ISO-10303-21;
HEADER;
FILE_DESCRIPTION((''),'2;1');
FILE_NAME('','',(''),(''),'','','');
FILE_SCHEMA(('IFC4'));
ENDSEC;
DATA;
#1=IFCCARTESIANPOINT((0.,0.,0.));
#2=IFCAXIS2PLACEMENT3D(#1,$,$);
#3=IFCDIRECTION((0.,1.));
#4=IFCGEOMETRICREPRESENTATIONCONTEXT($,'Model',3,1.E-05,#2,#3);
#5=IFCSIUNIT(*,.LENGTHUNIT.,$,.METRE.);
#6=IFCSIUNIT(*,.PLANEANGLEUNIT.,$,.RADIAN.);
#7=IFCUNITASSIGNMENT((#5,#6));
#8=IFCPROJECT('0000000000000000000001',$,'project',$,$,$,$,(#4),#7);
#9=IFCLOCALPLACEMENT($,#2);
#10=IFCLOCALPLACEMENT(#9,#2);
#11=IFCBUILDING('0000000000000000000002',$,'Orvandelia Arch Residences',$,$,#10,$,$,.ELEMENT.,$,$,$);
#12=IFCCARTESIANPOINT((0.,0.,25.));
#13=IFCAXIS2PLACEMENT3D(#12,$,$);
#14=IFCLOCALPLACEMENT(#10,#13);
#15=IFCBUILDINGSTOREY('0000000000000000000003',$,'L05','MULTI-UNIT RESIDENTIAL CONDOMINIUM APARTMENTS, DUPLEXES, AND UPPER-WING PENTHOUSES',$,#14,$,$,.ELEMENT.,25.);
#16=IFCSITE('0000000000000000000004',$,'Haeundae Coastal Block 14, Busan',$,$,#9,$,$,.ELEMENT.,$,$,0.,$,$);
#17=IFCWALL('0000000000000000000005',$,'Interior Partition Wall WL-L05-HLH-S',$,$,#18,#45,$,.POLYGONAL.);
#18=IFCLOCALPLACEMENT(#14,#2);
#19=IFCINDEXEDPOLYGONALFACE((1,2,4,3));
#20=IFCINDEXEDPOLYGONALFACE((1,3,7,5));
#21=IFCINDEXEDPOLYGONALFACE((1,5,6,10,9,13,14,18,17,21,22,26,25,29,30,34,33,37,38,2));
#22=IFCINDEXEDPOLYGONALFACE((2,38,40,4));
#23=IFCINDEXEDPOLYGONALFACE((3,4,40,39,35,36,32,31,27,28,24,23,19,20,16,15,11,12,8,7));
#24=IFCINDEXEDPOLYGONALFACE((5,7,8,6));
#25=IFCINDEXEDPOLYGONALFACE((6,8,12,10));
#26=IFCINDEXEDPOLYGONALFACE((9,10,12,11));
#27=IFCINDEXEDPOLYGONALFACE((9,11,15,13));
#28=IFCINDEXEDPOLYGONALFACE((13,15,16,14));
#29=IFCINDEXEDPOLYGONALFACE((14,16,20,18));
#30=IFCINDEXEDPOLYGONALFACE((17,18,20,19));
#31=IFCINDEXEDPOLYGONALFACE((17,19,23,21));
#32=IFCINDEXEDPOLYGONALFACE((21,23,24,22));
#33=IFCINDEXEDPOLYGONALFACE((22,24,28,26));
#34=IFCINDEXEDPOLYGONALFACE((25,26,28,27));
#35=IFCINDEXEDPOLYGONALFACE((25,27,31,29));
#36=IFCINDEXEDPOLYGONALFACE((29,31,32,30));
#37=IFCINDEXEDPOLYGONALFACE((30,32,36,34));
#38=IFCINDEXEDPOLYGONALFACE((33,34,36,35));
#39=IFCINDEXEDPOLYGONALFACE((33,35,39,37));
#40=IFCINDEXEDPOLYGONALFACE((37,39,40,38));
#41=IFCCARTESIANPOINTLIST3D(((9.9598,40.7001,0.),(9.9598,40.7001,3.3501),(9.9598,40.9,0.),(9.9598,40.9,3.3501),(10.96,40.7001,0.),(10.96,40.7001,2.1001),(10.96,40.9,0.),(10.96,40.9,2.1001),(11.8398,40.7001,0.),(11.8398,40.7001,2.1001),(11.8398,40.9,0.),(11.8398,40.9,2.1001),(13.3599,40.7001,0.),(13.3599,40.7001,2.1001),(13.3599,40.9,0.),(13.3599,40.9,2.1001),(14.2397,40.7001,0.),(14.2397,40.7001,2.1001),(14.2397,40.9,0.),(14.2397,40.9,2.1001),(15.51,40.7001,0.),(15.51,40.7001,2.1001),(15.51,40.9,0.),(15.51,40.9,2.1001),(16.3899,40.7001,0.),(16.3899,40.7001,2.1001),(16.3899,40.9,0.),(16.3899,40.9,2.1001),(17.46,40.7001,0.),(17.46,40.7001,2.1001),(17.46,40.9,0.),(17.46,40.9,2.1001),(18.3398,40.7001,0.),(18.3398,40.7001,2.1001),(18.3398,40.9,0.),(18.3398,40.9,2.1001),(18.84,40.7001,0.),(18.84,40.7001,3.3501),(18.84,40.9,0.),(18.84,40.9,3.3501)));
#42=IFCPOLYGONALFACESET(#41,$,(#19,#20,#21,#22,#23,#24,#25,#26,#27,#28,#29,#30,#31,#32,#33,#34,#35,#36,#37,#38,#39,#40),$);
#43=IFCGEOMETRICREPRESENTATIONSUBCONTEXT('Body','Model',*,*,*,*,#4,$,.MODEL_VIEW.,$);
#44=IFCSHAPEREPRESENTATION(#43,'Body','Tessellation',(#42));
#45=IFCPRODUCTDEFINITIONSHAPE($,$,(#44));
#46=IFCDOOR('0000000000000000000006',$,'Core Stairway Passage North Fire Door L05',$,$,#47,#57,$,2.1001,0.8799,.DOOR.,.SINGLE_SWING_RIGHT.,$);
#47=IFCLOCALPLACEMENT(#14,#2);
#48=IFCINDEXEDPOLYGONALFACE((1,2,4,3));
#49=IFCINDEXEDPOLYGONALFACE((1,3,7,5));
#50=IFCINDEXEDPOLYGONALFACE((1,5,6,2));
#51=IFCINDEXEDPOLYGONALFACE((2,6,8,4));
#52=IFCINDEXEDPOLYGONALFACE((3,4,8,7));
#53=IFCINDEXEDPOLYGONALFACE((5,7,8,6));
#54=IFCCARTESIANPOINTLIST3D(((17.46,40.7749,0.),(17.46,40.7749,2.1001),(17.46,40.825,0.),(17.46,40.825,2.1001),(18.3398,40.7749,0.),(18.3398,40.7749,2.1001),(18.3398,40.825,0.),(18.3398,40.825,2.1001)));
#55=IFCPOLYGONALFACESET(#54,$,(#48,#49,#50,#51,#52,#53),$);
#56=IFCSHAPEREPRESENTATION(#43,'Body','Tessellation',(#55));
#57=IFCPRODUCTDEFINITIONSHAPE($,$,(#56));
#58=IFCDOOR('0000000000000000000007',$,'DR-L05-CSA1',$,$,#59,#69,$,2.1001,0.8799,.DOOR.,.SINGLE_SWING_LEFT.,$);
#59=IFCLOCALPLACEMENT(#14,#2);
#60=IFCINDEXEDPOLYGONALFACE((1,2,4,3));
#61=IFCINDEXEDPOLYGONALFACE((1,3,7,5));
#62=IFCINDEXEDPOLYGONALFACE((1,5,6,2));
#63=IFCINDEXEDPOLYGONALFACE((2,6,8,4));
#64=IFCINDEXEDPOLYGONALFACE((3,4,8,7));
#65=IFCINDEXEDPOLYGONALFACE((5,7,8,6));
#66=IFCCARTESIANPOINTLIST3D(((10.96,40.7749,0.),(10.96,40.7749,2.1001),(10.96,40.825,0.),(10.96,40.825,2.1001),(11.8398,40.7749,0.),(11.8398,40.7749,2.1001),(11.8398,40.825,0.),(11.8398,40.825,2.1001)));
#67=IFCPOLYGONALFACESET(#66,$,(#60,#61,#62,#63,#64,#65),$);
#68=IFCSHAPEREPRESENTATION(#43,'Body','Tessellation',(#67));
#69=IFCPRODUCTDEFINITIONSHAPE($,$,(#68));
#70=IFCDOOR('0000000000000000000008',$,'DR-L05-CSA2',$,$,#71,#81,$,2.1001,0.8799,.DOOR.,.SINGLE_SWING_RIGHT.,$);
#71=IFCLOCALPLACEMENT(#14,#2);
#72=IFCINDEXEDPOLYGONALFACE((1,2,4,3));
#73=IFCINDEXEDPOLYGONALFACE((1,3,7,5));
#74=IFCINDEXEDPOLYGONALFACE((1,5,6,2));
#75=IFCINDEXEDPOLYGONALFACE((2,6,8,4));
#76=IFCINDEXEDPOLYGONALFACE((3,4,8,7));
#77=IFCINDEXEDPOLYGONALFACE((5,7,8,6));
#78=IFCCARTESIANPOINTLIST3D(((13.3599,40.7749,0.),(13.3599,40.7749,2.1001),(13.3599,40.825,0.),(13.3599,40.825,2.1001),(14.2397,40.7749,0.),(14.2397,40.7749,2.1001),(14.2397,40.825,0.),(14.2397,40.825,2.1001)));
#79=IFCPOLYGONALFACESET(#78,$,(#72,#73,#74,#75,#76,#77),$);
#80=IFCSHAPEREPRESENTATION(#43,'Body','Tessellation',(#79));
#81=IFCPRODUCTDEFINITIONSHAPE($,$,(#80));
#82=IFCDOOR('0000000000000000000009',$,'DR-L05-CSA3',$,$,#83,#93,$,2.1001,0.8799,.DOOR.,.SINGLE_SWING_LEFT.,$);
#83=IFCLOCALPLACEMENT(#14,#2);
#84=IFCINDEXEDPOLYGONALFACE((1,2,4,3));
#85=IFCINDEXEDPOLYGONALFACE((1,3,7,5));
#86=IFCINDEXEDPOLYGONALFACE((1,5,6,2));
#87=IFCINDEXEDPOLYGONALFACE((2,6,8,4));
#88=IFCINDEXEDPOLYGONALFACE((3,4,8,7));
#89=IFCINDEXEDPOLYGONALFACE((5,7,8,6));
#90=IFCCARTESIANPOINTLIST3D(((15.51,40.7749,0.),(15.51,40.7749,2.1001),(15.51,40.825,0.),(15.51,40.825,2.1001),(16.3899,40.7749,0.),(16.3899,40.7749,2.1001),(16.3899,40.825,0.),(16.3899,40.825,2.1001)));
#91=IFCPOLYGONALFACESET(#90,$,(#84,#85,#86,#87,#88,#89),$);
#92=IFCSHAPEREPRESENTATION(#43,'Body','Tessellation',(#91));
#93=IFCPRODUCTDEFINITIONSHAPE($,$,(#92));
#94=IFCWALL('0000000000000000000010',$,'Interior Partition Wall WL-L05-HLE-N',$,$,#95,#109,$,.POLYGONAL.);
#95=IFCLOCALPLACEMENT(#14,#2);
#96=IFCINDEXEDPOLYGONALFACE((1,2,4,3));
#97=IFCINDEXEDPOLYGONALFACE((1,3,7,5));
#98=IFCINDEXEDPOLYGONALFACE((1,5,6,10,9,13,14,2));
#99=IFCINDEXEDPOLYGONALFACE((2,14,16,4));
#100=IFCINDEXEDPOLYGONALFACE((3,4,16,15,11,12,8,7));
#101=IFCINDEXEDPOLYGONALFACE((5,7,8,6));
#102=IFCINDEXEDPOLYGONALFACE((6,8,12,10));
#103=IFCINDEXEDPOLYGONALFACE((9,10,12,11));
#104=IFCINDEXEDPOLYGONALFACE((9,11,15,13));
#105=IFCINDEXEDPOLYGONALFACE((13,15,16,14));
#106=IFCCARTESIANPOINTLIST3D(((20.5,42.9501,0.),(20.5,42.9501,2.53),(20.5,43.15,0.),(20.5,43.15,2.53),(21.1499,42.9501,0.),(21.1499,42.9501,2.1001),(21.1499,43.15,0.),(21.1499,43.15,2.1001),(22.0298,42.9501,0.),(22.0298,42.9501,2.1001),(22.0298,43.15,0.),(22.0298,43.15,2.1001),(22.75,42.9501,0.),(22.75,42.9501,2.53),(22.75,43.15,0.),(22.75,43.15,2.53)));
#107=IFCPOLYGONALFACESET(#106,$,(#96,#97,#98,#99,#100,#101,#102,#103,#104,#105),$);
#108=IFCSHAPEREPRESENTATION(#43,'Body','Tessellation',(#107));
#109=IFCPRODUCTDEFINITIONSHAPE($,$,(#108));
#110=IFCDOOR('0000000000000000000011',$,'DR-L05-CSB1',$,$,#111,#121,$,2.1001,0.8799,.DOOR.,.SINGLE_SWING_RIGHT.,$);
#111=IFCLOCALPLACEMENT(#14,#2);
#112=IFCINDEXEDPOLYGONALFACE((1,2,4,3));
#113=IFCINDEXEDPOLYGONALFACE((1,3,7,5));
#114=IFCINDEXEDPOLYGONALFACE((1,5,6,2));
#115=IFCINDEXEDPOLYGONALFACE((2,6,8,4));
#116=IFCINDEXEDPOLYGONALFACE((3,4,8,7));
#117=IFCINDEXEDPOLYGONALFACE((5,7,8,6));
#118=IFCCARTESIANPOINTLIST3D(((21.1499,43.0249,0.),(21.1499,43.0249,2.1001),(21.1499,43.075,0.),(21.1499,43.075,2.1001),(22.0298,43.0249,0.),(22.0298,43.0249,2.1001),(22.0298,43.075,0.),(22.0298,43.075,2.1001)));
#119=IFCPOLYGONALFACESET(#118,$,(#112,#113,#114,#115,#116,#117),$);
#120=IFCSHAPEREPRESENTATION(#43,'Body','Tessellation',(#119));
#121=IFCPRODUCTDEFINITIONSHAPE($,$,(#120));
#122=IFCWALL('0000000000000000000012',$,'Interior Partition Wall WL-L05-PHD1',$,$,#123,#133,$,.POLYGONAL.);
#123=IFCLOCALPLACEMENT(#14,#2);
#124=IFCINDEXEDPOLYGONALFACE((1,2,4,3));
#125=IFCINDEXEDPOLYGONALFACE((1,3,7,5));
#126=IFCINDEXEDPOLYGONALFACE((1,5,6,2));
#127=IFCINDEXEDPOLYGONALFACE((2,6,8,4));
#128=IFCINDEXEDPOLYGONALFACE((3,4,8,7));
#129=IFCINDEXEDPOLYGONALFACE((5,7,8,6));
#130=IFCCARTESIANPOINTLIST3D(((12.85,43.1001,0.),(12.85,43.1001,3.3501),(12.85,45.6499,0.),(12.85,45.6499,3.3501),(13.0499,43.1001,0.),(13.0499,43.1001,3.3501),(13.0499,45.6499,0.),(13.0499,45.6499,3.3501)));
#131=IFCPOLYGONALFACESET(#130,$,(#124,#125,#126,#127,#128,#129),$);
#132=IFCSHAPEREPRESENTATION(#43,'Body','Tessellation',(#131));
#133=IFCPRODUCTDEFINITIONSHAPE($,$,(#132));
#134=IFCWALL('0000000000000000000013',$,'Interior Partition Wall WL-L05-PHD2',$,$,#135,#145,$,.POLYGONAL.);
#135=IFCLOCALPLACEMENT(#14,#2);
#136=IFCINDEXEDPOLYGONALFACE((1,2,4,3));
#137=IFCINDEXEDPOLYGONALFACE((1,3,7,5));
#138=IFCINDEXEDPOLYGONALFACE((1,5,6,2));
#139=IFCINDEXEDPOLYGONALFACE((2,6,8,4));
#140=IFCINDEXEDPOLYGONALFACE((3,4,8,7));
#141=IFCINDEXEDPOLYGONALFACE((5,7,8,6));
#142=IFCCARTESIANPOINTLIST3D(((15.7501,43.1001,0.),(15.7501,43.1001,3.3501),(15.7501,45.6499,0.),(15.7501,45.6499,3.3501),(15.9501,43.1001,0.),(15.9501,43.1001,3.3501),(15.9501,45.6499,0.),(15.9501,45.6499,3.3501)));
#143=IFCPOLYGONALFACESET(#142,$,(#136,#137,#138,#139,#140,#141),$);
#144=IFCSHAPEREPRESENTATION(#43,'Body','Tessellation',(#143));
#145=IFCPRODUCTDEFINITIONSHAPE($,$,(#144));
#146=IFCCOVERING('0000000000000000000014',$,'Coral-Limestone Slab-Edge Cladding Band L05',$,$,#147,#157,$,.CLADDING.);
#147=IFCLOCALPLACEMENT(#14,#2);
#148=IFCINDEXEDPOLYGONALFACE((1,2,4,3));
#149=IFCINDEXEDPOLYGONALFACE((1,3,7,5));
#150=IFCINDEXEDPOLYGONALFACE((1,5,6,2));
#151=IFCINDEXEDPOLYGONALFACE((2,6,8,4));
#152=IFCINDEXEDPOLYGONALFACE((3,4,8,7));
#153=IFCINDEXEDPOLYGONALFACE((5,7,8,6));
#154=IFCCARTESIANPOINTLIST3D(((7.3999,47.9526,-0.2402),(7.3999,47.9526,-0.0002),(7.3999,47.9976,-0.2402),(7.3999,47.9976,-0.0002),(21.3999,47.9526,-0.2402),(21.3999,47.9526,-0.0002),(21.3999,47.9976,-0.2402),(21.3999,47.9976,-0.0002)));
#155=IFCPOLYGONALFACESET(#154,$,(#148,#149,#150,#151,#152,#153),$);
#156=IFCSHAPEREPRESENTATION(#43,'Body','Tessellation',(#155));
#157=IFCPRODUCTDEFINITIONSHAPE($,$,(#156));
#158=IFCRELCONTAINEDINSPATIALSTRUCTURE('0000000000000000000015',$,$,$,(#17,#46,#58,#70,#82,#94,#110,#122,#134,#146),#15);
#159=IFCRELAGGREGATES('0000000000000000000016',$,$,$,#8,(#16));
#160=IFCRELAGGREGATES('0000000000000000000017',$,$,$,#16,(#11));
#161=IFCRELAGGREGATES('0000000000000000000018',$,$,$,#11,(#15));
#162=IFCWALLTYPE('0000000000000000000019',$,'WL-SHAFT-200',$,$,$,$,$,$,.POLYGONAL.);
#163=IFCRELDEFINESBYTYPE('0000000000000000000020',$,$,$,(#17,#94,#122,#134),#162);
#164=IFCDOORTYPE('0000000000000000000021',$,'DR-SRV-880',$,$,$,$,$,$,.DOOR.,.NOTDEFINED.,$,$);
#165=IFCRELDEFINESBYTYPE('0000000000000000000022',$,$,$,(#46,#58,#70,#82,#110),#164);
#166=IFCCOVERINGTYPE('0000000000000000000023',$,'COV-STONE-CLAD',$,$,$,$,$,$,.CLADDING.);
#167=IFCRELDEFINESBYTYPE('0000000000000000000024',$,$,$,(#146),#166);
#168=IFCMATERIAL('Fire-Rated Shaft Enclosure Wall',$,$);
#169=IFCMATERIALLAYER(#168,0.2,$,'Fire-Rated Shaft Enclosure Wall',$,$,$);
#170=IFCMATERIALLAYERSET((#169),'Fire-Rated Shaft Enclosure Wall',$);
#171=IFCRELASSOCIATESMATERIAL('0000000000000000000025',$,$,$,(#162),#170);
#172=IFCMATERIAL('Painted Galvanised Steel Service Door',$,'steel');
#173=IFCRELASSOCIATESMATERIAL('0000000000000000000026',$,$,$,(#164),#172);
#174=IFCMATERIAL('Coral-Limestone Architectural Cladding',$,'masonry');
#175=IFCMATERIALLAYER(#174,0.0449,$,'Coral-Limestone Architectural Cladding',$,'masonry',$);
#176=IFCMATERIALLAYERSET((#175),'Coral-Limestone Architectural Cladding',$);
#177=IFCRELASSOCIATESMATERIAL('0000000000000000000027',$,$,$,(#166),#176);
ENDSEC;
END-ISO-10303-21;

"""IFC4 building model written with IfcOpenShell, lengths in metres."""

from ifc_helpers import new_model, si_unit, direction, frame, frame_2d, origin, origin_2d, place, context, subcontext, project, spatial, rectangle, extrude, material, layer, layer_set, type_object, element, fill, save


model = new_model("IFC4")

# Units and contexts
model_context = context("Model", 3, precision=1e-05, world=origin(), true_north=direction((0.0, 1.0)))
body_context = subcontext(model_context, "Body", "Model", "MODEL_VIEW")
ifc_project = project(units=[si_unit("LENGTHUNIT", "METRE"), si_unit("PLANEANGLEUNIT", "RADIAN")], contexts=[model_context])

# Site, building, storey
site_placement = place(None, origin())
site = spatial("IfcSite", under=ifc_project, at=site_placement, Name="Haeundae Coastal Block 14, Busan", CompositionType="ELEMENT", RefElevation=0.0)
building_placement = place(site_placement, origin())
building = spatial("IfcBuilding", under=site, at=building_placement, Name="Orvandelia Arch Residences", CompositionType="ELEMENT")
storey_placement = place(building_placement, frame((0.0, 0.0, 25.0)))
storey = spatial("IfcBuildingStorey", under=building, at=storey_placement, Name="L05", Description="MULTI-UNIT RESIDENTIAL CONDOMINIUM APARTMENTS, DUPLEXES, AND UPPER-WING PENTHOUSES", CompositionType="ELEMENT", Elevation=25.0)

# Shared definitions
ifc_material_1 = material(Name="Fire-Rated Shaft Enclosure Wall")
ifc_layer_1 = layer(ifc_material_1, 0.2, Name="Fire-Rated Shaft Enclosure Wall")
ifc_layer_set_1 = layer_set([ifc_layer_1], Name="Fire-Rated Shaft Enclosure Wall")
wall_type_1 = type_object("IfcWallType", Name="WL-SHAFT-200", PredefinedType="POLYGONAL", material=ifc_layer_set_1)

# Wall, openings, doors
wall_1_placement = place(storey_placement, frame((9.96, 40.8, 0.0), z_axis=(0.0, 0.0, 1.0), x_axis=(1.0, 0.0, 0.0)))
wall_1 = element("IfcWall", 1, at=wall_1_placement, inside=storey, type_object=wall_type_1, Name="Interior Partition Wall WL-L05-HLH-S", PredefinedType="POLYGONAL", context=body_context, shape_type="SweptSolid", body=[
    extrude(rectangle(XDim=8.8801, YDim=0.2, at=frame_2d((4.4399, 0.0))), origin(), (0.0, 0.0, 1.0), 3.3501),
])
opening_1_placement = place(wall_1_placement, frame((7.5, 0.0, 0.0)))
opening_1 = element("IfcOpeningElement", 2, at=opening_1_placement, cuts=wall_1, PredefinedType="OPENING", context=body_context, shape_type="SweptSolid", body=[
    extrude(rectangle(XDim=0.8799, YDim=2.1001, at=frame_2d((0.4399, 1.05))), frame((0.0, 0.1099, 0.0), z_axis=(0.0, -1.0, 0.0), x_axis=(1.0, 0.0, 0.0)), (0.0, 0.0, 1.0), 0.22),
])
opening_2_placement = place(wall_1_placement, frame((1.0, 0.0, 0.0)))
opening_2 = element("IfcOpeningElement", 3, at=opening_2_placement, cuts=wall_1, PredefinedType="OPENING", context=body_context, shape_type="SweptSolid", body=[
    extrude(rectangle(XDim=0.8799, YDim=2.1001, at=frame_2d((0.4399, 1.05))), frame((0.0, 0.1099, 0.0), z_axis=(0.0, -1.0, 0.0), x_axis=(1.0, 0.0, 0.0)), (0.0, 0.0, 1.0), 0.22),
])
opening_3_placement = place(wall_1_placement, frame((3.3999, 0.0, 0.0)))
opening_3 = element("IfcOpeningElement", 4, at=opening_3_placement, cuts=wall_1, PredefinedType="OPENING", context=body_context, shape_type="SweptSolid", body=[
    extrude(rectangle(XDim=0.8799, YDim=2.1001, at=frame_2d((0.4399, 1.05))), frame((0.0, 0.1099, 0.0), z_axis=(0.0, -1.0, 0.0), x_axis=(1.0, 0.0, 0.0)), (0.0, 0.0, 1.0), 0.22),
])
opening_4_placement = place(wall_1_placement, frame((5.55, 0.0, 0.0)))
opening_4 = element("IfcOpeningElement", 5, at=opening_4_placement, cuts=wall_1, PredefinedType="OPENING", context=body_context, shape_type="SweptSolid", body=[
    extrude(rectangle(XDim=0.8799, YDim=2.1001, at=frame_2d((0.4399, 1.05))), frame((0.0, 0.1099, 0.0), z_axis=(0.0, -1.0, 0.0), x_axis=(1.0, 0.0, 0.0)), (0.0, 0.0, 1.0), 0.22),
])
ifc_material_2 = material(Name="Painted Galvanised Steel Service Door", Category="steel")
door_type_1 = type_object("IfcDoorType", Name="DR-SRV-880", OperationType="NOTDEFINED", PredefinedType="DOOR", material=ifc_material_2)
door_1_placement = place(opening_1_placement, origin())
door_1 = element("IfcDoor", 6, at=door_1_placement, inside=storey, type_object=door_type_1, Name="Core Stairway Passage North Fire Door L05", OperationType="SINGLE_SWING_RIGHT", OverallHeight=2.1001, OverallWidth=0.8799, PredefinedType="DOOR", context=body_context, shape_type="SweptSolid", body=[
    extrude(rectangle(XDim=0.8799, YDim=2.1001, at=frame_2d((0.4399, 1.05))), frame((0.0, 0.0249, 0.0), z_axis=(0.0, -1.0, 0.0), x_axis=(1.0, 0.0, 0.0)), (0.0, 0.0, 1.0), 0.05),
])
fill(opening_1, door_1)
door_2_placement = place(opening_2_placement, origin())
door_2 = element("IfcDoor", 7, at=door_2_placement, inside=storey, type_object=door_type_1, Name="DR-L05-CSA1", OperationType="SINGLE_SWING_LEFT", OverallHeight=2.1001, OverallWidth=0.8799, PredefinedType="DOOR", context=body_context, shape_type="SweptSolid", body=[
    extrude(rectangle(XDim=0.8799, YDim=2.1001, at=frame_2d((0.4399, 1.05))), frame((0.0, 0.0249, 0.0), z_axis=(0.0, -1.0, 0.0), x_axis=(1.0, 0.0, 0.0)), (0.0, 0.0, 1.0), 0.05),
])
fill(opening_2, door_2)
door_3_placement = place(opening_3_placement, origin())
door_3 = element("IfcDoor", 8, at=door_3_placement, inside=storey, type_object=door_type_1, Name="DR-L05-CSA2", OperationType="SINGLE_SWING_RIGHT", OverallHeight=2.1001, OverallWidth=0.8799, PredefinedType="DOOR", context=body_context, shape_type="SweptSolid", body=[
    extrude(rectangle(XDim=0.8799, YDim=2.1001, at=frame_2d((0.4399, 1.05))), frame((0.0, 0.0249, 0.0), z_axis=(0.0, -1.0, 0.0), x_axis=(1.0, 0.0, 0.0)), (0.0, 0.0, 1.0), 0.05),
])
fill(opening_3, door_3)
door_4_placement = place(opening_4_placement, origin())
door_4 = element("IfcDoor", 9, at=door_4_placement, inside=storey, type_object=door_type_1, Name="DR-L05-CSA3", OperationType="SINGLE_SWING_LEFT", OverallHeight=2.1001, OverallWidth=0.8799, PredefinedType="DOOR", context=body_context, shape_type="SweptSolid", body=[
    extrude(rectangle(XDim=0.8799, YDim=2.1001, at=frame_2d((0.4399, 1.05))), frame((0.0, 0.0249, 0.0), z_axis=(0.0, -1.0, 0.0), x_axis=(1.0, 0.0, 0.0)), (0.0, 0.0, 1.0), 0.05),
])
fill(opening_4, door_4)

# Wall, opening, door
wall_2_placement = place(storey_placement, frame((20.5, 43.05, 0.0), z_axis=(0.0, 0.0, 1.0), x_axis=(1.0, 0.0, 0.0)))
wall_2 = element("IfcWall", 10, at=wall_2_placement, inside=storey, type_object=wall_type_1, Name="Interior Partition Wall WL-L05-HLE-N", PredefinedType="POLYGONAL", context=body_context, shape_type="SweptSolid", body=[
    extrude(rectangle(XDim=2.25, YDim=0.2, at=frame_2d((1.125, 0.0))), origin(), (0.0, 0.0, 1.0), 2.53),
])
opening_5_placement = place(wall_2_placement, frame((0.6499, 0.0, 0.0)))
opening_5 = element("IfcOpeningElement", 11, at=opening_5_placement, cuts=wall_2, PredefinedType="OPENING", context=body_context, shape_type="SweptSolid", body=[
    extrude(rectangle(XDim=0.8799, YDim=2.1001, at=frame_2d((0.4399, 1.05))), frame((0.0, 0.1099, 0.0), z_axis=(0.0, -1.0, 0.0), x_axis=(1.0, 0.0, 0.0)), (0.0, 0.0, 1.0), 0.22),
])
door_5_placement = place(opening_5_placement, origin())
door_5 = element("IfcDoor", 12, at=door_5_placement, inside=storey, type_object=door_type_1, Name="DR-L05-CSB1", OperationType="SINGLE_SWING_RIGHT", OverallHeight=2.1001, OverallWidth=0.8799, PredefinedType="DOOR", context=body_context, shape_type="SweptSolid", body=[
    extrude(rectangle(XDim=0.8799, YDim=2.1001, at=frame_2d((0.4399, 1.05))), frame((0.0, 0.0249, 0.0), z_axis=(0.0, -1.0, 0.0), x_axis=(1.0, 0.0, 0.0)), (0.0, 0.0, 1.0), 0.05),
])
fill(opening_5, door_5)

# Walls
for number, where, z_axis, x_axis, name in (
    (13, (12.95, 43.1001, 0.0), (0.0, 0.0, 1.0), (0.0, 1.0, 0.0), "Interior Partition Wall WL-L05-PHD1"),
    (14, (15.8501, 43.1001, 0.0), (0.0, 0.0, 1.0), (0.0, 1.0, 0.0), "Interior Partition Wall WL-L05-PHD2"),
):
    element("IfcWall", number, at=place(storey_placement, frame(where, z_axis=z_axis, x_axis=x_axis)), inside=storey, type_object=wall_type_1, Name=name, PredefinedType="POLYGONAL", context=body_context, shape_type="SweptSolid", body=[
        extrude(rectangle(XDim=2.5498, YDim=0.2, at=frame_2d((1.2749, 0.0))), origin(), (0.0, 0.0, 1.0), 3.3501),
    ])

# Covering
ifc_material_3 = material(Name="Coral-Limestone Architectural Cladding", Category="masonry")
ifc_layer_2 = layer(ifc_material_3, 0.0449, Name="Coral-Limestone Architectural Cladding", Category="masonry")
ifc_layer_set_2 = layer_set([ifc_layer_2], Name="Coral-Limestone Architectural Cladding")
covering_type = type_object("IfcCoveringType", Name="COV-STONE-CLAD", PredefinedType="CLADDING", material=ifc_layer_set_2)
covering_placement = place(storey_placement, frame((14.3999, 47.9751, -0.2402), z_axis=(0.0, 0.0, 1.0), x_axis=(1.0, 0.0, 0.0)))
element("IfcCovering", 15, at=covering_placement, inside=storey, type_object=covering_type, Name="Coral-Limestone Slab-Edge Cladding Band L05", PredefinedType="CLADDING", context=body_context, shape_type="SweptSolid", body=[
    extrude(rectangle(XDim=14.0, YDim=0.0449, at=origin_2d()), origin(), (0.0, 0.0, 1.0), 0.24),
])

save(model, "model.ifc")
